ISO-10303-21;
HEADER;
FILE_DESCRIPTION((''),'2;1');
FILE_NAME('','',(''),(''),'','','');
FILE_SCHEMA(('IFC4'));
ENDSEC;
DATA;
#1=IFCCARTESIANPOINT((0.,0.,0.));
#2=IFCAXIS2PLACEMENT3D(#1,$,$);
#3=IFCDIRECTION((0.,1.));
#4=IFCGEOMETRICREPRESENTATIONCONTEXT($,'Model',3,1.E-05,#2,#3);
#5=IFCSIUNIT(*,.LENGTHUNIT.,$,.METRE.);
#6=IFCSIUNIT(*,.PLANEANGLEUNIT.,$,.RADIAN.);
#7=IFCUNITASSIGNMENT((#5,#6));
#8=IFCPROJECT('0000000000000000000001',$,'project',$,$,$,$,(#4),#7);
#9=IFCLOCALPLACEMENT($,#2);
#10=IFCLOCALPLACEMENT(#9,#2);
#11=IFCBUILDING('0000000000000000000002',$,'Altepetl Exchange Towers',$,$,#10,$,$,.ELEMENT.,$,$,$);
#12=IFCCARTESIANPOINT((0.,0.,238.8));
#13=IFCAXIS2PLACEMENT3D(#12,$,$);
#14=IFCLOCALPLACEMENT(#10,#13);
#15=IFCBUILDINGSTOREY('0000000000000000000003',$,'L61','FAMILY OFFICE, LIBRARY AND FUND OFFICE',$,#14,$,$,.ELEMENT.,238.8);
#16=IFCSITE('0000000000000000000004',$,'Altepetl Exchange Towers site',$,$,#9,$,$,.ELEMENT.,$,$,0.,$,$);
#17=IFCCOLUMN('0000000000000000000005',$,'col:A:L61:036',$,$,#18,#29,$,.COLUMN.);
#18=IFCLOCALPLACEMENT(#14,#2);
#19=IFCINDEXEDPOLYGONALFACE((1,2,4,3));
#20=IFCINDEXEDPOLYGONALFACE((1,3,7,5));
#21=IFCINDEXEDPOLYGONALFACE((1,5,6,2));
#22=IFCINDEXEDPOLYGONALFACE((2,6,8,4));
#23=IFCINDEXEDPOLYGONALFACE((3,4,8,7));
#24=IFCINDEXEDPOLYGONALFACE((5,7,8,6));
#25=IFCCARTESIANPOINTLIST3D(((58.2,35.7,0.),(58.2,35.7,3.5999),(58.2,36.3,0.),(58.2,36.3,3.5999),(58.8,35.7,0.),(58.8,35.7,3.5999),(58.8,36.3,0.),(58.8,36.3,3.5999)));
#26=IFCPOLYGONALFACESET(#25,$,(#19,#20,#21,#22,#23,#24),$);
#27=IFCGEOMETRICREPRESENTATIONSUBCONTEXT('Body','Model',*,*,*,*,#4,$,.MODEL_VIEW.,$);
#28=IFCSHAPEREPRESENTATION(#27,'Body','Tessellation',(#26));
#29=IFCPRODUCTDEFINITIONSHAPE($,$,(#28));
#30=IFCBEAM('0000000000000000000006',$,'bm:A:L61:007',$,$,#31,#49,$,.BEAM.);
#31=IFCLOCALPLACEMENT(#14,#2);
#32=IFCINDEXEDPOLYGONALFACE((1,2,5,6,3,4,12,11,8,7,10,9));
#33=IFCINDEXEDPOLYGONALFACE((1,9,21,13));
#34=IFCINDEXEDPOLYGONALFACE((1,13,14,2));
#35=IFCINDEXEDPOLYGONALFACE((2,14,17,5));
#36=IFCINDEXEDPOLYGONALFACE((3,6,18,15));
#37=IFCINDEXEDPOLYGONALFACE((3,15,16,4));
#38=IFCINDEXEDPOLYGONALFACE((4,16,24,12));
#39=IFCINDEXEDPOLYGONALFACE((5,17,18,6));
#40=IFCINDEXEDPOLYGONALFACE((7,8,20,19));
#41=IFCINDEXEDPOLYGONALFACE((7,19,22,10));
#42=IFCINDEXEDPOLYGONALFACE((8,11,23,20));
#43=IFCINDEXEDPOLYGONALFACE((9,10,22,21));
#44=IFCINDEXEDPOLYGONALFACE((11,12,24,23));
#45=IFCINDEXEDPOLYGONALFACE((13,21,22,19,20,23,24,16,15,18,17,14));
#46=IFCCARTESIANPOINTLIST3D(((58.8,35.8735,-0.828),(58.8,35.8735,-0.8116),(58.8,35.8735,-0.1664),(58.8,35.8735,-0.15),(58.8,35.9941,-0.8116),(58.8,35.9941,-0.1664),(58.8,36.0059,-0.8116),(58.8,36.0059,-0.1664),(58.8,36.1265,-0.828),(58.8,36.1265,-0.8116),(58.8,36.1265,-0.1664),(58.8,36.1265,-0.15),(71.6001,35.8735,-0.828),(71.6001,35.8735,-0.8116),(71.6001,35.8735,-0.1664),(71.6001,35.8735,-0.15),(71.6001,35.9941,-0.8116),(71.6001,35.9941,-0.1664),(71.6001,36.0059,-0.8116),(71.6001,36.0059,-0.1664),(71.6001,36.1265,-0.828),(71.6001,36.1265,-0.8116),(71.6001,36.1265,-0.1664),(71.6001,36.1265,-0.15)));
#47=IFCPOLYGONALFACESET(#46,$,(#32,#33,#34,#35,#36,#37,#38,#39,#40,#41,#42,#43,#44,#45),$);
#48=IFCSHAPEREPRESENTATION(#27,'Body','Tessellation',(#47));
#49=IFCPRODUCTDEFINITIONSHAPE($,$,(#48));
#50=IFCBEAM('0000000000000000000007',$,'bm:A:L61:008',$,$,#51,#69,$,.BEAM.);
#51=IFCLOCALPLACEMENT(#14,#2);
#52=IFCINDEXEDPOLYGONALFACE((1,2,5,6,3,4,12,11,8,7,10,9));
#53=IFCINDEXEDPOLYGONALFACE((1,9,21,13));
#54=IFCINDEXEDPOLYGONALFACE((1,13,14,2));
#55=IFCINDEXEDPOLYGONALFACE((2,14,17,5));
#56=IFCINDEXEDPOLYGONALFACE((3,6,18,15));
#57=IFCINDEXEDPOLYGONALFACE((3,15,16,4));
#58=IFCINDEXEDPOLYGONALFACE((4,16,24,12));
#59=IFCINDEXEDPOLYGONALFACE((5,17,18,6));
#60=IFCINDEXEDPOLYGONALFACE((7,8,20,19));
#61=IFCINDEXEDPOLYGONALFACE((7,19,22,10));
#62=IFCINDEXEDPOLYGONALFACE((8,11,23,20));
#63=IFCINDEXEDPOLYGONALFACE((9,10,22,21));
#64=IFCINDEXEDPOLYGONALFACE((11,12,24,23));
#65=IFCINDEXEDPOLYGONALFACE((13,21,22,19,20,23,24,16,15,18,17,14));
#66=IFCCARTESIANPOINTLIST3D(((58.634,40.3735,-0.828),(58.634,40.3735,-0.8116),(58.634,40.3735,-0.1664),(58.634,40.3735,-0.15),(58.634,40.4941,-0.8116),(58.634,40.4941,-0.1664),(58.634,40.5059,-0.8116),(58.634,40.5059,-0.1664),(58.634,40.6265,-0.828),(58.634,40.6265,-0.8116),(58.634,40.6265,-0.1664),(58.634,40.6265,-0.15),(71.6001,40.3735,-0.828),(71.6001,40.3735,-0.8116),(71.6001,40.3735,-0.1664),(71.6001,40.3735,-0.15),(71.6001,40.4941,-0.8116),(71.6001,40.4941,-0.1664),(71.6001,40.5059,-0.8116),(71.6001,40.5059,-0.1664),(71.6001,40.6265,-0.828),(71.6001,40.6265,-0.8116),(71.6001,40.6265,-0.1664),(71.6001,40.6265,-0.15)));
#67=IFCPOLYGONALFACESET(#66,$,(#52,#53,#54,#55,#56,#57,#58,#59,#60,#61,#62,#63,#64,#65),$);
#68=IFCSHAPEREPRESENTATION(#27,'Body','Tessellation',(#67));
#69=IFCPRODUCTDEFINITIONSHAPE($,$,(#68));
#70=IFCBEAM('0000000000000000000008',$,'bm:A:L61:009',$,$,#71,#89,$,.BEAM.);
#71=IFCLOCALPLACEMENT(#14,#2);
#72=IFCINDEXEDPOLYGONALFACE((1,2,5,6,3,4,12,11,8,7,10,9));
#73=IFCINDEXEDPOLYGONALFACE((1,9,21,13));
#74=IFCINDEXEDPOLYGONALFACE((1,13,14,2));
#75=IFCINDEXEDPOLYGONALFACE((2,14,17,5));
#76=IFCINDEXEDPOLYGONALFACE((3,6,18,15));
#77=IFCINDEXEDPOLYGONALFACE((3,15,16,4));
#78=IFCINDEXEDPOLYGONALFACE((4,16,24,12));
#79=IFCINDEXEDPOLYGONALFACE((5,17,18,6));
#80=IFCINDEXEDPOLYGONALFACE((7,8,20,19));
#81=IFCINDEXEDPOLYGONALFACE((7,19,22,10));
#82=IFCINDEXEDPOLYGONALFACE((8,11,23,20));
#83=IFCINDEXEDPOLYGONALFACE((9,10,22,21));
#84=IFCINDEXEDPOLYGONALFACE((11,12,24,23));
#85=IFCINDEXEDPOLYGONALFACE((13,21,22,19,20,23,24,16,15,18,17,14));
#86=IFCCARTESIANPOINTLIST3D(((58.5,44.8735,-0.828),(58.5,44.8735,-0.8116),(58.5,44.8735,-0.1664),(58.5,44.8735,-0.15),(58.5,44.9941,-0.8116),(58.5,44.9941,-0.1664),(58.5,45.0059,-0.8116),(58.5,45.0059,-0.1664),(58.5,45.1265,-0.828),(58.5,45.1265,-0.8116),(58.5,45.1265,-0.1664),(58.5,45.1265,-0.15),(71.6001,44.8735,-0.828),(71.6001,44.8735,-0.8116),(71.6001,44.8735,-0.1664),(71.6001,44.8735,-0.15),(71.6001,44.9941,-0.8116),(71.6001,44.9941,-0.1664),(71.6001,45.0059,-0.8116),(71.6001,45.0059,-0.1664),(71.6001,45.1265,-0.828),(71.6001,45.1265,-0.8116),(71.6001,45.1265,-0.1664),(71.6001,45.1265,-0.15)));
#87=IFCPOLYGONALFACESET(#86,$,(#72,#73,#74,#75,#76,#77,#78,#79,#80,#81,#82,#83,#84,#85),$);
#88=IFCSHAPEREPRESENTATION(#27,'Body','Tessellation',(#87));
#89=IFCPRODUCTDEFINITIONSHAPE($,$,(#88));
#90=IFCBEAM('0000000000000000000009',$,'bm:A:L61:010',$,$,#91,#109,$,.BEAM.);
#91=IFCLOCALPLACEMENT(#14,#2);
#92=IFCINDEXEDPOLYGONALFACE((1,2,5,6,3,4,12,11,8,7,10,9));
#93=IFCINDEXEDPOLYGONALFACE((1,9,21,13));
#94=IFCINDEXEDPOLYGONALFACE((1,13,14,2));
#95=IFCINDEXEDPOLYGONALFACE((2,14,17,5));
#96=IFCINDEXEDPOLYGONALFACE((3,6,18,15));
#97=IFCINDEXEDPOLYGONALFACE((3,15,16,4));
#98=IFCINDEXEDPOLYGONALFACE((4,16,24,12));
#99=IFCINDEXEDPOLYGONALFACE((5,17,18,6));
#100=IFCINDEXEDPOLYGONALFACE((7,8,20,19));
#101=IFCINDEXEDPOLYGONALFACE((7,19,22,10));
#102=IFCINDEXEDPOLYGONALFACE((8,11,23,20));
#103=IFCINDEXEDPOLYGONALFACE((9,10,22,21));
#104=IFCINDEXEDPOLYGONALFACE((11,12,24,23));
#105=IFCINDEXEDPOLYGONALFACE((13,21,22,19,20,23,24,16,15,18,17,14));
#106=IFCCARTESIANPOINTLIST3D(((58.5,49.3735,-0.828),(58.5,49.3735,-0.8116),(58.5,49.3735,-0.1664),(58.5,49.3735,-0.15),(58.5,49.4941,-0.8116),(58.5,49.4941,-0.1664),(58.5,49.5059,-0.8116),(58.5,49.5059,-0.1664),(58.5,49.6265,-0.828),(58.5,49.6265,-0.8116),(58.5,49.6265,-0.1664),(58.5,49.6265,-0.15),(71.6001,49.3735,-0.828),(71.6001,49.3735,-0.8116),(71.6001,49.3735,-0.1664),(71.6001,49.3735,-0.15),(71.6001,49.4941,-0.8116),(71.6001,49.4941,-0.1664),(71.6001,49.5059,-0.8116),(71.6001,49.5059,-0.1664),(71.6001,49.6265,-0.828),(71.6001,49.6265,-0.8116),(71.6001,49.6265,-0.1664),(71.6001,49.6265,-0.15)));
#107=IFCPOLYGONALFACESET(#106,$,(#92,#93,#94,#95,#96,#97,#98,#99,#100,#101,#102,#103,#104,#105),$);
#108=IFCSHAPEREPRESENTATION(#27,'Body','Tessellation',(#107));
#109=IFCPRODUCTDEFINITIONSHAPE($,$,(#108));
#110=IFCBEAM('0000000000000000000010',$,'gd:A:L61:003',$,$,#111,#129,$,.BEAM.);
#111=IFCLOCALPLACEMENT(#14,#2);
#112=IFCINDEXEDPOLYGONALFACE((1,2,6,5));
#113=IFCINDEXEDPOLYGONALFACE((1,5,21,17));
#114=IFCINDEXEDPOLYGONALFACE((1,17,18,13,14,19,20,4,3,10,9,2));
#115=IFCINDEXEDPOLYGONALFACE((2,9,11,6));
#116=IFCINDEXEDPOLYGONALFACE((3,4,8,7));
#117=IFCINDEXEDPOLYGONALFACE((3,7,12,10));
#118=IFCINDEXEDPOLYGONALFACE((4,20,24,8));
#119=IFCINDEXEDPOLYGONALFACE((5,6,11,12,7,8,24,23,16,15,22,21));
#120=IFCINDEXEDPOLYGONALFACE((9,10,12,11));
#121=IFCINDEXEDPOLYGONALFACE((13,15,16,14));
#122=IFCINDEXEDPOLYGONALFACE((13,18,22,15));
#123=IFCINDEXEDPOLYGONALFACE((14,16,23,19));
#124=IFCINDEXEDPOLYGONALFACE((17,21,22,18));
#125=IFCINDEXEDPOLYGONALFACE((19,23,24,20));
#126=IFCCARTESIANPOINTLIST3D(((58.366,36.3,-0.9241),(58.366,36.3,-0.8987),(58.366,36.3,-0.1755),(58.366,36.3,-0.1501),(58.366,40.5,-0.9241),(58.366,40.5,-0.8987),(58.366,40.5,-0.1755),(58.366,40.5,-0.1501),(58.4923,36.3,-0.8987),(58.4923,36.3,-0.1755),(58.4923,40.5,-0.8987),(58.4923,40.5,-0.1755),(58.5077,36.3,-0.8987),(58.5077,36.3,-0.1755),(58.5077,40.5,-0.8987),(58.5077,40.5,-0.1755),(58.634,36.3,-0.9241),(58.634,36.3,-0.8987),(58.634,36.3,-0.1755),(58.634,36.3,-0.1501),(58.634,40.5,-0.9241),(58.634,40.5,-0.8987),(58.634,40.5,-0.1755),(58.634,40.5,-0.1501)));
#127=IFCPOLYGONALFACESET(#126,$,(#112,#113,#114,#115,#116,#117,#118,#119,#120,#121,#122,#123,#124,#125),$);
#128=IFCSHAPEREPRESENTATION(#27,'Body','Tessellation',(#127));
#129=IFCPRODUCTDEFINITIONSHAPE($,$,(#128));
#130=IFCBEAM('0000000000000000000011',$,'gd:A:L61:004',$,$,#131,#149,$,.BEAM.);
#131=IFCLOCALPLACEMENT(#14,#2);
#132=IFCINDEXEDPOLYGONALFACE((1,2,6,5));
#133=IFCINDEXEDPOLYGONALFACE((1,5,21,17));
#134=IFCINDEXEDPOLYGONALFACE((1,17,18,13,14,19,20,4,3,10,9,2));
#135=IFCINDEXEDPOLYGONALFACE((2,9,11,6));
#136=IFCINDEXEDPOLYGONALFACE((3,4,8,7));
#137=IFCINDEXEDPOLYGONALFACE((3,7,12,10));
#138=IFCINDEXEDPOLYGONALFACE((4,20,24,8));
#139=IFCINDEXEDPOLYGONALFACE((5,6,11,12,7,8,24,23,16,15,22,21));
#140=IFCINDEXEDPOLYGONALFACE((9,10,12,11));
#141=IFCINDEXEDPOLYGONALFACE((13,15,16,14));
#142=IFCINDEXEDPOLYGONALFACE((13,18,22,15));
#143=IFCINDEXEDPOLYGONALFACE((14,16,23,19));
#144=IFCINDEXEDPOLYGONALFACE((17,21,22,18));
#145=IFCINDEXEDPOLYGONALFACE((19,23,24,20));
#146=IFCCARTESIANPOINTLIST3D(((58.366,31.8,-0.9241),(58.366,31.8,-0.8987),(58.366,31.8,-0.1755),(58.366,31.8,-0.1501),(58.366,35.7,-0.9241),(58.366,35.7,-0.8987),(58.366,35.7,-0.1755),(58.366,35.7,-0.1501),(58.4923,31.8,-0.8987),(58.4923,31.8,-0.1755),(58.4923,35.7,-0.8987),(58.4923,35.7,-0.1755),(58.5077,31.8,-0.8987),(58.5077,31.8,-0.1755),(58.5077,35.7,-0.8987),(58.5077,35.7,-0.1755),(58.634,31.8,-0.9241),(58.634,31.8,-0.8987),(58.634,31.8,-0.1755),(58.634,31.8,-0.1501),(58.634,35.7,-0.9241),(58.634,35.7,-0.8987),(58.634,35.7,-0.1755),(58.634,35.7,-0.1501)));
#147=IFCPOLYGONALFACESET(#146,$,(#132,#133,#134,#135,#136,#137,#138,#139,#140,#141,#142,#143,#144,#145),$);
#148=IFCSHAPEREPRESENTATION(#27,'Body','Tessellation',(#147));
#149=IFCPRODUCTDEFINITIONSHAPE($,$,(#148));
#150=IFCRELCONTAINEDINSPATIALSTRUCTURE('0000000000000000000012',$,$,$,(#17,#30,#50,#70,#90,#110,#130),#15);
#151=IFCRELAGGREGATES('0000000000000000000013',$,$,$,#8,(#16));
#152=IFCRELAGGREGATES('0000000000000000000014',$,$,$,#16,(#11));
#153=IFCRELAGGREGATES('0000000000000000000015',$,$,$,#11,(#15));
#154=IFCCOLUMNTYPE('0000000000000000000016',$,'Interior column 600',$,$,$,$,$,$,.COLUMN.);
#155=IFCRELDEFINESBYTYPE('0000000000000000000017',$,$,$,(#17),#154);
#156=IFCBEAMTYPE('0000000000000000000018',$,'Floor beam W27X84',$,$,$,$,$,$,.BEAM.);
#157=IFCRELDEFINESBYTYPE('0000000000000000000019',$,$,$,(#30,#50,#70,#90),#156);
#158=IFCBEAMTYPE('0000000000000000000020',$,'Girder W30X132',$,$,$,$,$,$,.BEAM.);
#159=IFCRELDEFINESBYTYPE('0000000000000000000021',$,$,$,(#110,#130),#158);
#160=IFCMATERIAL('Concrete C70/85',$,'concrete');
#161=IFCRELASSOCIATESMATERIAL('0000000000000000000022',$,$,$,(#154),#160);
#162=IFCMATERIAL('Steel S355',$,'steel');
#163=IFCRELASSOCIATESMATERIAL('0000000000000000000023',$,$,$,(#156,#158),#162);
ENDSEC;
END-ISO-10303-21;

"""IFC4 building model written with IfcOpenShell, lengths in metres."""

from ifc_helpers import new_model, si_unit, direction, frame, origin, origin_2d, place, context, subcontext, project, spatial, rectangle, i_section, extrude, material, material_profile, profile_set, type_object, element, save


model = new_model("IFC4")

# Units and contexts
model_context = context("Model", 3, precision=1e-05, world=origin(), true_north=direction((0.0, 1.0)))
body_context = subcontext(model_context, "Body", "Model", "MODEL_VIEW")
ifc_project = project(units=[si_unit("LENGTHUNIT", "METRE"), si_unit("PLANEANGLEUNIT", "RADIAN")], contexts=[model_context])

# Site, building, storey
site_placement = place(None, origin())
site = spatial("IfcSite", under=ifc_project, at=site_placement, Name="Altepetl Exchange Towers site", CompositionType="ELEMENT", RefElevation=0.0)
building_placement = place(site_placement, origin())
building = spatial("IfcBuilding", under=site, at=building_placement, Name="Altepetl Exchange Towers", CompositionType="ELEMENT")
storey_placement = place(building_placement, frame((0.0, 0.0, 238.8)))
storey = spatial("IfcBuildingStorey", under=building, at=storey_placement, Name="L61", Description="FAMILY OFFICE, LIBRARY AND FUND OFFICE", CompositionType="ELEMENT", Elevation=238.8)

# Column
ifc_material_1 = material(Name="Concrete C70/85", Category="concrete")
ifc_material_profile_1 = material_profile(ifc_material_1, rectangle(XDim=0.6001, YDim=0.6001, at=origin_2d()), Name="600 x 600")
ifc_profile_set_1 = profile_set([ifc_material_profile_1], Name="Concrete C70/85")
column_type = type_object("IfcColumnType", Name="Interior column 600", PredefinedType="COLUMN", material=ifc_profile_set_1)
column_placement = place(storey_placement, frame((58.5, 36.0, 0.0)))
element("IfcColumn", 1, at=column_placement, inside=storey, type_object=column_type, Name="col:A:L61:036", PredefinedType="COLUMN", context=body_context, shape_type="SweptSolid", body=[
    extrude(rectangle(XDim=0.6001, YDim=0.6001, at=origin_2d()), origin(), (0.0, 0.0, 1.0), 3.5999),
])

# Beams
ifc_material_2 = material(Name="Steel S355", Category="steel")
ifc_material_profile_2 = material_profile(ifc_material_2, i_section(OverallWidth=0.2529, OverallDepth=0.678, WebThickness=0.0117, FlangeThickness=0.0164, at=origin_2d()), Name="W27X84")
ifc_profile_set_2 = profile_set([ifc_material_profile_2], Name="Steel S355")
beam_type_1 = type_object("IfcBeamType", Name="Floor beam W27X84", PredefinedType="BEAM", material=ifc_profile_set_2)
beam_1_placement = place(storey_placement, frame((58.8, 36.0, -0.489), z_axis=(1.0, 0.0, 0.0), x_axis=(0.0, 1.0, 0.0)))
element("IfcBeam", 2, at=beam_1_placement, inside=storey, type_object=beam_type_1, Name="bm:A:L61:007", PredefinedType="BEAM", context=body_context, shape_type="SweptSolid", body=[
    extrude(i_section(OverallWidth=0.2529, OverallDepth=0.678, WebThickness=0.0117, FlangeThickness=0.0164, at=origin_2d()), origin(), (0.0, 0.0, 1.0), 12.8),
])
beam_2_placement = place(storey_placement, frame((58.634, 40.5, -0.489), z_axis=(1.0, 0.0, 0.0), x_axis=(0.0, 1.0, 0.0)))
element("IfcBeam", 3, at=beam_2_placement, inside=storey, type_object=beam_type_1, Name="bm:A:L61:008", PredefinedType="BEAM", context=body_context, shape_type="SweptSolid", body=[
    extrude(i_section(OverallWidth=0.2529, OverallDepth=0.678, WebThickness=0.0117, FlangeThickness=0.0164, at=origin_2d()), origin(), (0.0, 0.0, 1.0), 12.9661),
])
for number, where, z_axis, x_axis, name in (
    (4, (58.5, 45.0, -0.489), (1.0, 0.0, 0.0), (0.0, 1.0, 0.0), "bm:A:L61:009"),
    (5, (58.5, 49.5, -0.489), (1.0, 0.0, 0.0), (0.0, 1.0, 0.0), "bm:A:L61:010"),
):
    element("IfcBeam", number, at=place(storey_placement, frame(where, z_axis=z_axis, x_axis=x_axis)), inside=storey, type_object=beam_type_1, Name=name, PredefinedType="BEAM", context=body_context, shape_type="SweptSolid", body=[
        extrude(i_section(OverallWidth=0.2529, OverallDepth=0.678, WebThickness=0.0117, FlangeThickness=0.0164, at=origin_2d()), origin(), (0.0, 0.0, 1.0), 13.1001),
    ])
ifc_material_profile_3 = material_profile(ifc_material_2, i_section(OverallWidth=0.2681, OverallDepth=0.7739, WebThickness=0.0154, FlangeThickness=0.0254, at=origin_2d()), Name="W30X132")
ifc_profile_set_3 = profile_set([ifc_material_profile_3], Name="Steel S355")
beam_type_2 = type_object("IfcBeamType", Name="Girder W30X132", PredefinedType="BEAM", material=ifc_profile_set_3)
beam_3_placement = place(storey_placement, frame((58.5, 40.5, -0.5371), z_axis=(0.0, -1.0, 0.0), x_axis=(1.0, 0.0, 0.0)))
element("IfcBeam", 6, at=beam_3_placement, inside=storey, type_object=beam_type_2, Name="gd:A:L61:003", PredefinedType="BEAM", context=body_context, shape_type="SweptSolid", body=[
    extrude(i_section(OverallWidth=0.2681, OverallDepth=0.7739, WebThickness=0.0154, FlangeThickness=0.0254, at=origin_2d()), origin(), (0.0, 0.0, 1.0), 4.2),
])
beam_4_placement = place(storey_placement, frame((58.5, 35.7, -0.5371), z_axis=(0.0, -1.0, 0.0), x_axis=(1.0, 0.0, 0.0)))
element("IfcBeam", 7, at=beam_4_placement, inside=storey, type_object=beam_type_2, Name="gd:A:L61:004", PredefinedType="BEAM", context=body_context, shape_type="SweptSolid", body=[
    extrude(i_section(OverallWidth=0.2681, OverallDepth=0.7739, WebThickness=0.0154, FlangeThickness=0.0254, at=origin_2d()), origin(), (0.0, 0.0, 1.0), 3.8999),
])

save(model, "model.ifc")
